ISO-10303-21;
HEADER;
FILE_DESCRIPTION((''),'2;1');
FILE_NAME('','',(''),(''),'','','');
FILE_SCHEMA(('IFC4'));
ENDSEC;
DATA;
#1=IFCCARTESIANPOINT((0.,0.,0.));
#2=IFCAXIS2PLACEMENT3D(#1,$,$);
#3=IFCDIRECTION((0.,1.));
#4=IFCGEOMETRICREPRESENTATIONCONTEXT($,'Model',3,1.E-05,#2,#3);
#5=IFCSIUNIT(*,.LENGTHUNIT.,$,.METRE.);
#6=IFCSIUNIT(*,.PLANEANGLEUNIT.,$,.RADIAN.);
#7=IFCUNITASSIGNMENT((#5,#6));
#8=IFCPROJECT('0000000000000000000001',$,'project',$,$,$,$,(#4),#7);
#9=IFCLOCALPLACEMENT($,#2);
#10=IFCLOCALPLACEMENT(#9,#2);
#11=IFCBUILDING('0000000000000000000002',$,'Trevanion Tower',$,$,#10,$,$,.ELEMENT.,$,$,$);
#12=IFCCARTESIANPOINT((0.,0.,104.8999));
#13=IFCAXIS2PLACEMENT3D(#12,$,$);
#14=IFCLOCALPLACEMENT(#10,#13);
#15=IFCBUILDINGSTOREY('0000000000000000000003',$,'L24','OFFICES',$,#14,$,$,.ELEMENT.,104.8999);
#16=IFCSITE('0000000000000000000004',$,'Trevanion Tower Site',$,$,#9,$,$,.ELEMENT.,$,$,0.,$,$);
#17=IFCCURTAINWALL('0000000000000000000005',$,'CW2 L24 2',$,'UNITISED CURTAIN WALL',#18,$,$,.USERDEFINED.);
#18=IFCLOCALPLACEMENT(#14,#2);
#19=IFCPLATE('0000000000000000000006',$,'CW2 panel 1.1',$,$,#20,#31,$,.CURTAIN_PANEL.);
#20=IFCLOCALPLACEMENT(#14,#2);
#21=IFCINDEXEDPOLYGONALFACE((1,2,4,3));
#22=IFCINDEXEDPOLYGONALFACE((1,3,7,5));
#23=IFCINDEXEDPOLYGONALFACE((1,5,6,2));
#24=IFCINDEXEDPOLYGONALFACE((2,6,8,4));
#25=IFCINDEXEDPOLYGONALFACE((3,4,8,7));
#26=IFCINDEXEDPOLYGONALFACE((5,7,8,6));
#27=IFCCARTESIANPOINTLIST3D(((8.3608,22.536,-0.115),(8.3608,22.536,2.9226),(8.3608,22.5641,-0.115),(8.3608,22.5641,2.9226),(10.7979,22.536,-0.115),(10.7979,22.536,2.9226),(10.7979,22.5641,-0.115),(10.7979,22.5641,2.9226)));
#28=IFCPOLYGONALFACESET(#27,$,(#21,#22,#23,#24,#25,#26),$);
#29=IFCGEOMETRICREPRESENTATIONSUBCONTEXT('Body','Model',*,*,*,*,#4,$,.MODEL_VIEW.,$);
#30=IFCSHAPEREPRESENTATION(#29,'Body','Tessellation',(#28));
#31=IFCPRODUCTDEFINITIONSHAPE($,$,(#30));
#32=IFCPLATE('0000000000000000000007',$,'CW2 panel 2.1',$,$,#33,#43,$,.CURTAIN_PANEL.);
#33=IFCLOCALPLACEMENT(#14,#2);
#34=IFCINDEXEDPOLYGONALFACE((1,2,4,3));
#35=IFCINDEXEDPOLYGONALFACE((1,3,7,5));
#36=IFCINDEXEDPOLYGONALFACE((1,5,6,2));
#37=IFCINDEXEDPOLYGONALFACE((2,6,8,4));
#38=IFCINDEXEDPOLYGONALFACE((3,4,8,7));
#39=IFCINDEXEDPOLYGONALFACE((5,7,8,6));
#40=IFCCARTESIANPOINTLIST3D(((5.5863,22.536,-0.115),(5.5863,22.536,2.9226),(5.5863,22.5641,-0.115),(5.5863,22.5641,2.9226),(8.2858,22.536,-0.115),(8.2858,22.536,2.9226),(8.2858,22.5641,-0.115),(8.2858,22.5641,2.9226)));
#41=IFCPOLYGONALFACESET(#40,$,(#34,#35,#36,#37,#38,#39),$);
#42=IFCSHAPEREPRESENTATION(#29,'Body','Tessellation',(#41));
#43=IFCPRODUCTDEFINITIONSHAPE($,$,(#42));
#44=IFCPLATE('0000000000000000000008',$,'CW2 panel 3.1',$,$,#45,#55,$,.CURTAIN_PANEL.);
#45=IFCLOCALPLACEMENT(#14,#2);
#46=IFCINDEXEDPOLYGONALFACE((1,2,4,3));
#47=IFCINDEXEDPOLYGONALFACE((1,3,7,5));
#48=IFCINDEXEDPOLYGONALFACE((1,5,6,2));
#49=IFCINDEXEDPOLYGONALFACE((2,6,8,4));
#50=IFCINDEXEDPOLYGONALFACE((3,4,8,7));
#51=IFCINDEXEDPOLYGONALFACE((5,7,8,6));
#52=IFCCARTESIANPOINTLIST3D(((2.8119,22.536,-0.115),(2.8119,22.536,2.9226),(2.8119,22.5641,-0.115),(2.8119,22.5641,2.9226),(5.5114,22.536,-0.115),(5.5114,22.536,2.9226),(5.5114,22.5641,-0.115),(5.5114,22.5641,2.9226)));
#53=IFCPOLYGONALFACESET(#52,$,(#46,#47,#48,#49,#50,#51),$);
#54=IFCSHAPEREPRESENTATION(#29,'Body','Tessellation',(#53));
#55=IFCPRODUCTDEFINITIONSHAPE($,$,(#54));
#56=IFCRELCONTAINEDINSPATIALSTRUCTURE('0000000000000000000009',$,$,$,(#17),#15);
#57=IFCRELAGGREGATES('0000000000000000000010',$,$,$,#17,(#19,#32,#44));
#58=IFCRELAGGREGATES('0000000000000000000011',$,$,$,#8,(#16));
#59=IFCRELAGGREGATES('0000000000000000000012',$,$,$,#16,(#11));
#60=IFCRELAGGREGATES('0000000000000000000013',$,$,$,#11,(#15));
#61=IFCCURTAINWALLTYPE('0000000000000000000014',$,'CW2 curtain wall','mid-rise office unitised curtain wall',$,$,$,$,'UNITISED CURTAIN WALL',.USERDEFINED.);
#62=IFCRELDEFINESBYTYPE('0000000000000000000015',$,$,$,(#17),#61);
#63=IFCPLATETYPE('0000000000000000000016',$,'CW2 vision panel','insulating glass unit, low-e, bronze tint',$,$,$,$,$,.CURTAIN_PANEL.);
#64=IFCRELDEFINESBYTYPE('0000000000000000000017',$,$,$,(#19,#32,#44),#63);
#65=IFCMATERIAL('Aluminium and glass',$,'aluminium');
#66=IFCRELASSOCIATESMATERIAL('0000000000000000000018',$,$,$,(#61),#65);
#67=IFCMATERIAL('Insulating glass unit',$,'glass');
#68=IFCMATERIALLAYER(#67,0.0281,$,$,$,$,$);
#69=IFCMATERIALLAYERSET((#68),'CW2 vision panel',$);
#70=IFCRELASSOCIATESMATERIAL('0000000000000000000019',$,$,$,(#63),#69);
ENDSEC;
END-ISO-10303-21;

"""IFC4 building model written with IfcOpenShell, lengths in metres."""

from ifc_helpers import new_model, si_unit, direction, frame, origin, origin_2d, place, context, subcontext, project, spatial, rectangle, extrude, material, layer, layer_set, type_object, element, aggregate, save


model = new_model("IFC4")

# Units and contexts
model_context = context("Model", 3, precision=1e-05, world=origin(), true_north=direction((0.0, 1.0)))
body_context = subcontext(model_context, "Body", "Model", "MODEL_VIEW")
ifc_project = project(units=[si_unit("LENGTHUNIT", "METRE"), si_unit("PLANEANGLEUNIT", "RADIAN")], contexts=[model_context])

# Site, building, storey
site_placement = place(None, origin())
site = spatial("IfcSite", under=ifc_project, at=site_placement, Name="Trevanion Tower Site", CompositionType="ELEMENT", RefElevation=0.0)
building_placement = place(site_placement, origin())
building = spatial("IfcBuilding", under=site, at=building_placement, Name="Trevanion Tower", CompositionType="ELEMENT")
storey_placement = place(building_placement, frame((0.0, 0.0, 104.8999)))
storey = spatial("IfcBuildingStorey", under=building, at=storey_placement, Name="L24", Description="OFFICES", CompositionType="ELEMENT", Elevation=104.8999)

# Curtain wall, plates
ifc_material_1 = material(Name="Aluminium and glass", Category="aluminium")
curtain_wall_type = type_object("IfcCurtainWallType", Name="CW2 curtain wall", Description="mid-rise office unitised curtain wall", ElementType="UNITISED CURTAIN WALL", PredefinedType="USERDEFINED", material=ifc_material_1)
curtain_wall_placement = place(storey_placement, origin())
curtain_wall = element("IfcCurtainWall", 1, at=curtain_wall_placement, inside=storey, type_object=curtain_wall_type, Name="CW2 L24 2", ObjectType="UNITISED CURTAIN WALL", PredefinedType="USERDEFINED")
ifc_material_2 = material(Name="Insulating glass unit", Category="glass")
ifc_layer_1 = layer(ifc_material_2, 0.0281)
ifc_layer_set_1 = layer_set([ifc_layer_1], Name="CW2 vision panel")
plate_type_1 = type_object("IfcPlateType", Name="CW2 vision panel", Description="insulating glass unit, low-e, bronze tint", PredefinedType="CURTAIN_PANEL", material=ifc_layer_set_1)
plate_1_placement = place(storey_placement, frame((9.5793, 22.55, -0.115), z_axis=(0.0, 0.0, 1.0), x_axis=(-1.0, 0.0, 0.0)))
plate_1 = element("IfcPlate", 2, at=plate_1_placement, type_object=plate_type_1, Name="CW2 panel 1.1", PredefinedType="CURTAIN_PANEL", context=body_context, shape_type="SweptSolid", body=[
    extrude(rectangle(XDim=2.437, YDim=0.0281, at=origin_2d()), origin(), (0.0, 0.0, 1.0), 3.0376),
])
plate_2_placement = place(storey_placement, frame((6.936, 22.55, -0.115), z_axis=(0.0, 0.0, 1.0), x_axis=(-1.0, 0.0, 0.0)))
plate_2 = element("IfcPlate", 3, at=plate_2_placement, type_object=plate_type_1, Name="CW2 panel 2.1", PredefinedType="CURTAIN_PANEL", context=body_context, shape_type="SweptSolid", body=[
    extrude(rectangle(XDim=2.6995, YDim=0.0281, at=origin_2d()), origin(), (0.0, 0.0, 1.0), 3.0376),
])
plate_3_placement = place(storey_placement, frame((4.1616, 22.55, -0.115), z_axis=(0.0, 0.0, 1.0), x_axis=(-1.0, 0.0, 0.0)))
plate_3 = element("IfcPlate", 4, at=plate_3_placement, type_object=plate_type_1, Name="CW2 panel 3.1", PredefinedType="CURTAIN_PANEL", context=body_context, shape_type="SweptSolid", body=[
    extrude(rectangle(XDim=2.6995, YDim=0.0281, at=origin_2d()), origin(), (0.0, 0.0, 1.0), 3.0376),
])
aggregate(curtain_wall, [plate_1, plate_2, plate_3])

save(model, "model.ifc")
